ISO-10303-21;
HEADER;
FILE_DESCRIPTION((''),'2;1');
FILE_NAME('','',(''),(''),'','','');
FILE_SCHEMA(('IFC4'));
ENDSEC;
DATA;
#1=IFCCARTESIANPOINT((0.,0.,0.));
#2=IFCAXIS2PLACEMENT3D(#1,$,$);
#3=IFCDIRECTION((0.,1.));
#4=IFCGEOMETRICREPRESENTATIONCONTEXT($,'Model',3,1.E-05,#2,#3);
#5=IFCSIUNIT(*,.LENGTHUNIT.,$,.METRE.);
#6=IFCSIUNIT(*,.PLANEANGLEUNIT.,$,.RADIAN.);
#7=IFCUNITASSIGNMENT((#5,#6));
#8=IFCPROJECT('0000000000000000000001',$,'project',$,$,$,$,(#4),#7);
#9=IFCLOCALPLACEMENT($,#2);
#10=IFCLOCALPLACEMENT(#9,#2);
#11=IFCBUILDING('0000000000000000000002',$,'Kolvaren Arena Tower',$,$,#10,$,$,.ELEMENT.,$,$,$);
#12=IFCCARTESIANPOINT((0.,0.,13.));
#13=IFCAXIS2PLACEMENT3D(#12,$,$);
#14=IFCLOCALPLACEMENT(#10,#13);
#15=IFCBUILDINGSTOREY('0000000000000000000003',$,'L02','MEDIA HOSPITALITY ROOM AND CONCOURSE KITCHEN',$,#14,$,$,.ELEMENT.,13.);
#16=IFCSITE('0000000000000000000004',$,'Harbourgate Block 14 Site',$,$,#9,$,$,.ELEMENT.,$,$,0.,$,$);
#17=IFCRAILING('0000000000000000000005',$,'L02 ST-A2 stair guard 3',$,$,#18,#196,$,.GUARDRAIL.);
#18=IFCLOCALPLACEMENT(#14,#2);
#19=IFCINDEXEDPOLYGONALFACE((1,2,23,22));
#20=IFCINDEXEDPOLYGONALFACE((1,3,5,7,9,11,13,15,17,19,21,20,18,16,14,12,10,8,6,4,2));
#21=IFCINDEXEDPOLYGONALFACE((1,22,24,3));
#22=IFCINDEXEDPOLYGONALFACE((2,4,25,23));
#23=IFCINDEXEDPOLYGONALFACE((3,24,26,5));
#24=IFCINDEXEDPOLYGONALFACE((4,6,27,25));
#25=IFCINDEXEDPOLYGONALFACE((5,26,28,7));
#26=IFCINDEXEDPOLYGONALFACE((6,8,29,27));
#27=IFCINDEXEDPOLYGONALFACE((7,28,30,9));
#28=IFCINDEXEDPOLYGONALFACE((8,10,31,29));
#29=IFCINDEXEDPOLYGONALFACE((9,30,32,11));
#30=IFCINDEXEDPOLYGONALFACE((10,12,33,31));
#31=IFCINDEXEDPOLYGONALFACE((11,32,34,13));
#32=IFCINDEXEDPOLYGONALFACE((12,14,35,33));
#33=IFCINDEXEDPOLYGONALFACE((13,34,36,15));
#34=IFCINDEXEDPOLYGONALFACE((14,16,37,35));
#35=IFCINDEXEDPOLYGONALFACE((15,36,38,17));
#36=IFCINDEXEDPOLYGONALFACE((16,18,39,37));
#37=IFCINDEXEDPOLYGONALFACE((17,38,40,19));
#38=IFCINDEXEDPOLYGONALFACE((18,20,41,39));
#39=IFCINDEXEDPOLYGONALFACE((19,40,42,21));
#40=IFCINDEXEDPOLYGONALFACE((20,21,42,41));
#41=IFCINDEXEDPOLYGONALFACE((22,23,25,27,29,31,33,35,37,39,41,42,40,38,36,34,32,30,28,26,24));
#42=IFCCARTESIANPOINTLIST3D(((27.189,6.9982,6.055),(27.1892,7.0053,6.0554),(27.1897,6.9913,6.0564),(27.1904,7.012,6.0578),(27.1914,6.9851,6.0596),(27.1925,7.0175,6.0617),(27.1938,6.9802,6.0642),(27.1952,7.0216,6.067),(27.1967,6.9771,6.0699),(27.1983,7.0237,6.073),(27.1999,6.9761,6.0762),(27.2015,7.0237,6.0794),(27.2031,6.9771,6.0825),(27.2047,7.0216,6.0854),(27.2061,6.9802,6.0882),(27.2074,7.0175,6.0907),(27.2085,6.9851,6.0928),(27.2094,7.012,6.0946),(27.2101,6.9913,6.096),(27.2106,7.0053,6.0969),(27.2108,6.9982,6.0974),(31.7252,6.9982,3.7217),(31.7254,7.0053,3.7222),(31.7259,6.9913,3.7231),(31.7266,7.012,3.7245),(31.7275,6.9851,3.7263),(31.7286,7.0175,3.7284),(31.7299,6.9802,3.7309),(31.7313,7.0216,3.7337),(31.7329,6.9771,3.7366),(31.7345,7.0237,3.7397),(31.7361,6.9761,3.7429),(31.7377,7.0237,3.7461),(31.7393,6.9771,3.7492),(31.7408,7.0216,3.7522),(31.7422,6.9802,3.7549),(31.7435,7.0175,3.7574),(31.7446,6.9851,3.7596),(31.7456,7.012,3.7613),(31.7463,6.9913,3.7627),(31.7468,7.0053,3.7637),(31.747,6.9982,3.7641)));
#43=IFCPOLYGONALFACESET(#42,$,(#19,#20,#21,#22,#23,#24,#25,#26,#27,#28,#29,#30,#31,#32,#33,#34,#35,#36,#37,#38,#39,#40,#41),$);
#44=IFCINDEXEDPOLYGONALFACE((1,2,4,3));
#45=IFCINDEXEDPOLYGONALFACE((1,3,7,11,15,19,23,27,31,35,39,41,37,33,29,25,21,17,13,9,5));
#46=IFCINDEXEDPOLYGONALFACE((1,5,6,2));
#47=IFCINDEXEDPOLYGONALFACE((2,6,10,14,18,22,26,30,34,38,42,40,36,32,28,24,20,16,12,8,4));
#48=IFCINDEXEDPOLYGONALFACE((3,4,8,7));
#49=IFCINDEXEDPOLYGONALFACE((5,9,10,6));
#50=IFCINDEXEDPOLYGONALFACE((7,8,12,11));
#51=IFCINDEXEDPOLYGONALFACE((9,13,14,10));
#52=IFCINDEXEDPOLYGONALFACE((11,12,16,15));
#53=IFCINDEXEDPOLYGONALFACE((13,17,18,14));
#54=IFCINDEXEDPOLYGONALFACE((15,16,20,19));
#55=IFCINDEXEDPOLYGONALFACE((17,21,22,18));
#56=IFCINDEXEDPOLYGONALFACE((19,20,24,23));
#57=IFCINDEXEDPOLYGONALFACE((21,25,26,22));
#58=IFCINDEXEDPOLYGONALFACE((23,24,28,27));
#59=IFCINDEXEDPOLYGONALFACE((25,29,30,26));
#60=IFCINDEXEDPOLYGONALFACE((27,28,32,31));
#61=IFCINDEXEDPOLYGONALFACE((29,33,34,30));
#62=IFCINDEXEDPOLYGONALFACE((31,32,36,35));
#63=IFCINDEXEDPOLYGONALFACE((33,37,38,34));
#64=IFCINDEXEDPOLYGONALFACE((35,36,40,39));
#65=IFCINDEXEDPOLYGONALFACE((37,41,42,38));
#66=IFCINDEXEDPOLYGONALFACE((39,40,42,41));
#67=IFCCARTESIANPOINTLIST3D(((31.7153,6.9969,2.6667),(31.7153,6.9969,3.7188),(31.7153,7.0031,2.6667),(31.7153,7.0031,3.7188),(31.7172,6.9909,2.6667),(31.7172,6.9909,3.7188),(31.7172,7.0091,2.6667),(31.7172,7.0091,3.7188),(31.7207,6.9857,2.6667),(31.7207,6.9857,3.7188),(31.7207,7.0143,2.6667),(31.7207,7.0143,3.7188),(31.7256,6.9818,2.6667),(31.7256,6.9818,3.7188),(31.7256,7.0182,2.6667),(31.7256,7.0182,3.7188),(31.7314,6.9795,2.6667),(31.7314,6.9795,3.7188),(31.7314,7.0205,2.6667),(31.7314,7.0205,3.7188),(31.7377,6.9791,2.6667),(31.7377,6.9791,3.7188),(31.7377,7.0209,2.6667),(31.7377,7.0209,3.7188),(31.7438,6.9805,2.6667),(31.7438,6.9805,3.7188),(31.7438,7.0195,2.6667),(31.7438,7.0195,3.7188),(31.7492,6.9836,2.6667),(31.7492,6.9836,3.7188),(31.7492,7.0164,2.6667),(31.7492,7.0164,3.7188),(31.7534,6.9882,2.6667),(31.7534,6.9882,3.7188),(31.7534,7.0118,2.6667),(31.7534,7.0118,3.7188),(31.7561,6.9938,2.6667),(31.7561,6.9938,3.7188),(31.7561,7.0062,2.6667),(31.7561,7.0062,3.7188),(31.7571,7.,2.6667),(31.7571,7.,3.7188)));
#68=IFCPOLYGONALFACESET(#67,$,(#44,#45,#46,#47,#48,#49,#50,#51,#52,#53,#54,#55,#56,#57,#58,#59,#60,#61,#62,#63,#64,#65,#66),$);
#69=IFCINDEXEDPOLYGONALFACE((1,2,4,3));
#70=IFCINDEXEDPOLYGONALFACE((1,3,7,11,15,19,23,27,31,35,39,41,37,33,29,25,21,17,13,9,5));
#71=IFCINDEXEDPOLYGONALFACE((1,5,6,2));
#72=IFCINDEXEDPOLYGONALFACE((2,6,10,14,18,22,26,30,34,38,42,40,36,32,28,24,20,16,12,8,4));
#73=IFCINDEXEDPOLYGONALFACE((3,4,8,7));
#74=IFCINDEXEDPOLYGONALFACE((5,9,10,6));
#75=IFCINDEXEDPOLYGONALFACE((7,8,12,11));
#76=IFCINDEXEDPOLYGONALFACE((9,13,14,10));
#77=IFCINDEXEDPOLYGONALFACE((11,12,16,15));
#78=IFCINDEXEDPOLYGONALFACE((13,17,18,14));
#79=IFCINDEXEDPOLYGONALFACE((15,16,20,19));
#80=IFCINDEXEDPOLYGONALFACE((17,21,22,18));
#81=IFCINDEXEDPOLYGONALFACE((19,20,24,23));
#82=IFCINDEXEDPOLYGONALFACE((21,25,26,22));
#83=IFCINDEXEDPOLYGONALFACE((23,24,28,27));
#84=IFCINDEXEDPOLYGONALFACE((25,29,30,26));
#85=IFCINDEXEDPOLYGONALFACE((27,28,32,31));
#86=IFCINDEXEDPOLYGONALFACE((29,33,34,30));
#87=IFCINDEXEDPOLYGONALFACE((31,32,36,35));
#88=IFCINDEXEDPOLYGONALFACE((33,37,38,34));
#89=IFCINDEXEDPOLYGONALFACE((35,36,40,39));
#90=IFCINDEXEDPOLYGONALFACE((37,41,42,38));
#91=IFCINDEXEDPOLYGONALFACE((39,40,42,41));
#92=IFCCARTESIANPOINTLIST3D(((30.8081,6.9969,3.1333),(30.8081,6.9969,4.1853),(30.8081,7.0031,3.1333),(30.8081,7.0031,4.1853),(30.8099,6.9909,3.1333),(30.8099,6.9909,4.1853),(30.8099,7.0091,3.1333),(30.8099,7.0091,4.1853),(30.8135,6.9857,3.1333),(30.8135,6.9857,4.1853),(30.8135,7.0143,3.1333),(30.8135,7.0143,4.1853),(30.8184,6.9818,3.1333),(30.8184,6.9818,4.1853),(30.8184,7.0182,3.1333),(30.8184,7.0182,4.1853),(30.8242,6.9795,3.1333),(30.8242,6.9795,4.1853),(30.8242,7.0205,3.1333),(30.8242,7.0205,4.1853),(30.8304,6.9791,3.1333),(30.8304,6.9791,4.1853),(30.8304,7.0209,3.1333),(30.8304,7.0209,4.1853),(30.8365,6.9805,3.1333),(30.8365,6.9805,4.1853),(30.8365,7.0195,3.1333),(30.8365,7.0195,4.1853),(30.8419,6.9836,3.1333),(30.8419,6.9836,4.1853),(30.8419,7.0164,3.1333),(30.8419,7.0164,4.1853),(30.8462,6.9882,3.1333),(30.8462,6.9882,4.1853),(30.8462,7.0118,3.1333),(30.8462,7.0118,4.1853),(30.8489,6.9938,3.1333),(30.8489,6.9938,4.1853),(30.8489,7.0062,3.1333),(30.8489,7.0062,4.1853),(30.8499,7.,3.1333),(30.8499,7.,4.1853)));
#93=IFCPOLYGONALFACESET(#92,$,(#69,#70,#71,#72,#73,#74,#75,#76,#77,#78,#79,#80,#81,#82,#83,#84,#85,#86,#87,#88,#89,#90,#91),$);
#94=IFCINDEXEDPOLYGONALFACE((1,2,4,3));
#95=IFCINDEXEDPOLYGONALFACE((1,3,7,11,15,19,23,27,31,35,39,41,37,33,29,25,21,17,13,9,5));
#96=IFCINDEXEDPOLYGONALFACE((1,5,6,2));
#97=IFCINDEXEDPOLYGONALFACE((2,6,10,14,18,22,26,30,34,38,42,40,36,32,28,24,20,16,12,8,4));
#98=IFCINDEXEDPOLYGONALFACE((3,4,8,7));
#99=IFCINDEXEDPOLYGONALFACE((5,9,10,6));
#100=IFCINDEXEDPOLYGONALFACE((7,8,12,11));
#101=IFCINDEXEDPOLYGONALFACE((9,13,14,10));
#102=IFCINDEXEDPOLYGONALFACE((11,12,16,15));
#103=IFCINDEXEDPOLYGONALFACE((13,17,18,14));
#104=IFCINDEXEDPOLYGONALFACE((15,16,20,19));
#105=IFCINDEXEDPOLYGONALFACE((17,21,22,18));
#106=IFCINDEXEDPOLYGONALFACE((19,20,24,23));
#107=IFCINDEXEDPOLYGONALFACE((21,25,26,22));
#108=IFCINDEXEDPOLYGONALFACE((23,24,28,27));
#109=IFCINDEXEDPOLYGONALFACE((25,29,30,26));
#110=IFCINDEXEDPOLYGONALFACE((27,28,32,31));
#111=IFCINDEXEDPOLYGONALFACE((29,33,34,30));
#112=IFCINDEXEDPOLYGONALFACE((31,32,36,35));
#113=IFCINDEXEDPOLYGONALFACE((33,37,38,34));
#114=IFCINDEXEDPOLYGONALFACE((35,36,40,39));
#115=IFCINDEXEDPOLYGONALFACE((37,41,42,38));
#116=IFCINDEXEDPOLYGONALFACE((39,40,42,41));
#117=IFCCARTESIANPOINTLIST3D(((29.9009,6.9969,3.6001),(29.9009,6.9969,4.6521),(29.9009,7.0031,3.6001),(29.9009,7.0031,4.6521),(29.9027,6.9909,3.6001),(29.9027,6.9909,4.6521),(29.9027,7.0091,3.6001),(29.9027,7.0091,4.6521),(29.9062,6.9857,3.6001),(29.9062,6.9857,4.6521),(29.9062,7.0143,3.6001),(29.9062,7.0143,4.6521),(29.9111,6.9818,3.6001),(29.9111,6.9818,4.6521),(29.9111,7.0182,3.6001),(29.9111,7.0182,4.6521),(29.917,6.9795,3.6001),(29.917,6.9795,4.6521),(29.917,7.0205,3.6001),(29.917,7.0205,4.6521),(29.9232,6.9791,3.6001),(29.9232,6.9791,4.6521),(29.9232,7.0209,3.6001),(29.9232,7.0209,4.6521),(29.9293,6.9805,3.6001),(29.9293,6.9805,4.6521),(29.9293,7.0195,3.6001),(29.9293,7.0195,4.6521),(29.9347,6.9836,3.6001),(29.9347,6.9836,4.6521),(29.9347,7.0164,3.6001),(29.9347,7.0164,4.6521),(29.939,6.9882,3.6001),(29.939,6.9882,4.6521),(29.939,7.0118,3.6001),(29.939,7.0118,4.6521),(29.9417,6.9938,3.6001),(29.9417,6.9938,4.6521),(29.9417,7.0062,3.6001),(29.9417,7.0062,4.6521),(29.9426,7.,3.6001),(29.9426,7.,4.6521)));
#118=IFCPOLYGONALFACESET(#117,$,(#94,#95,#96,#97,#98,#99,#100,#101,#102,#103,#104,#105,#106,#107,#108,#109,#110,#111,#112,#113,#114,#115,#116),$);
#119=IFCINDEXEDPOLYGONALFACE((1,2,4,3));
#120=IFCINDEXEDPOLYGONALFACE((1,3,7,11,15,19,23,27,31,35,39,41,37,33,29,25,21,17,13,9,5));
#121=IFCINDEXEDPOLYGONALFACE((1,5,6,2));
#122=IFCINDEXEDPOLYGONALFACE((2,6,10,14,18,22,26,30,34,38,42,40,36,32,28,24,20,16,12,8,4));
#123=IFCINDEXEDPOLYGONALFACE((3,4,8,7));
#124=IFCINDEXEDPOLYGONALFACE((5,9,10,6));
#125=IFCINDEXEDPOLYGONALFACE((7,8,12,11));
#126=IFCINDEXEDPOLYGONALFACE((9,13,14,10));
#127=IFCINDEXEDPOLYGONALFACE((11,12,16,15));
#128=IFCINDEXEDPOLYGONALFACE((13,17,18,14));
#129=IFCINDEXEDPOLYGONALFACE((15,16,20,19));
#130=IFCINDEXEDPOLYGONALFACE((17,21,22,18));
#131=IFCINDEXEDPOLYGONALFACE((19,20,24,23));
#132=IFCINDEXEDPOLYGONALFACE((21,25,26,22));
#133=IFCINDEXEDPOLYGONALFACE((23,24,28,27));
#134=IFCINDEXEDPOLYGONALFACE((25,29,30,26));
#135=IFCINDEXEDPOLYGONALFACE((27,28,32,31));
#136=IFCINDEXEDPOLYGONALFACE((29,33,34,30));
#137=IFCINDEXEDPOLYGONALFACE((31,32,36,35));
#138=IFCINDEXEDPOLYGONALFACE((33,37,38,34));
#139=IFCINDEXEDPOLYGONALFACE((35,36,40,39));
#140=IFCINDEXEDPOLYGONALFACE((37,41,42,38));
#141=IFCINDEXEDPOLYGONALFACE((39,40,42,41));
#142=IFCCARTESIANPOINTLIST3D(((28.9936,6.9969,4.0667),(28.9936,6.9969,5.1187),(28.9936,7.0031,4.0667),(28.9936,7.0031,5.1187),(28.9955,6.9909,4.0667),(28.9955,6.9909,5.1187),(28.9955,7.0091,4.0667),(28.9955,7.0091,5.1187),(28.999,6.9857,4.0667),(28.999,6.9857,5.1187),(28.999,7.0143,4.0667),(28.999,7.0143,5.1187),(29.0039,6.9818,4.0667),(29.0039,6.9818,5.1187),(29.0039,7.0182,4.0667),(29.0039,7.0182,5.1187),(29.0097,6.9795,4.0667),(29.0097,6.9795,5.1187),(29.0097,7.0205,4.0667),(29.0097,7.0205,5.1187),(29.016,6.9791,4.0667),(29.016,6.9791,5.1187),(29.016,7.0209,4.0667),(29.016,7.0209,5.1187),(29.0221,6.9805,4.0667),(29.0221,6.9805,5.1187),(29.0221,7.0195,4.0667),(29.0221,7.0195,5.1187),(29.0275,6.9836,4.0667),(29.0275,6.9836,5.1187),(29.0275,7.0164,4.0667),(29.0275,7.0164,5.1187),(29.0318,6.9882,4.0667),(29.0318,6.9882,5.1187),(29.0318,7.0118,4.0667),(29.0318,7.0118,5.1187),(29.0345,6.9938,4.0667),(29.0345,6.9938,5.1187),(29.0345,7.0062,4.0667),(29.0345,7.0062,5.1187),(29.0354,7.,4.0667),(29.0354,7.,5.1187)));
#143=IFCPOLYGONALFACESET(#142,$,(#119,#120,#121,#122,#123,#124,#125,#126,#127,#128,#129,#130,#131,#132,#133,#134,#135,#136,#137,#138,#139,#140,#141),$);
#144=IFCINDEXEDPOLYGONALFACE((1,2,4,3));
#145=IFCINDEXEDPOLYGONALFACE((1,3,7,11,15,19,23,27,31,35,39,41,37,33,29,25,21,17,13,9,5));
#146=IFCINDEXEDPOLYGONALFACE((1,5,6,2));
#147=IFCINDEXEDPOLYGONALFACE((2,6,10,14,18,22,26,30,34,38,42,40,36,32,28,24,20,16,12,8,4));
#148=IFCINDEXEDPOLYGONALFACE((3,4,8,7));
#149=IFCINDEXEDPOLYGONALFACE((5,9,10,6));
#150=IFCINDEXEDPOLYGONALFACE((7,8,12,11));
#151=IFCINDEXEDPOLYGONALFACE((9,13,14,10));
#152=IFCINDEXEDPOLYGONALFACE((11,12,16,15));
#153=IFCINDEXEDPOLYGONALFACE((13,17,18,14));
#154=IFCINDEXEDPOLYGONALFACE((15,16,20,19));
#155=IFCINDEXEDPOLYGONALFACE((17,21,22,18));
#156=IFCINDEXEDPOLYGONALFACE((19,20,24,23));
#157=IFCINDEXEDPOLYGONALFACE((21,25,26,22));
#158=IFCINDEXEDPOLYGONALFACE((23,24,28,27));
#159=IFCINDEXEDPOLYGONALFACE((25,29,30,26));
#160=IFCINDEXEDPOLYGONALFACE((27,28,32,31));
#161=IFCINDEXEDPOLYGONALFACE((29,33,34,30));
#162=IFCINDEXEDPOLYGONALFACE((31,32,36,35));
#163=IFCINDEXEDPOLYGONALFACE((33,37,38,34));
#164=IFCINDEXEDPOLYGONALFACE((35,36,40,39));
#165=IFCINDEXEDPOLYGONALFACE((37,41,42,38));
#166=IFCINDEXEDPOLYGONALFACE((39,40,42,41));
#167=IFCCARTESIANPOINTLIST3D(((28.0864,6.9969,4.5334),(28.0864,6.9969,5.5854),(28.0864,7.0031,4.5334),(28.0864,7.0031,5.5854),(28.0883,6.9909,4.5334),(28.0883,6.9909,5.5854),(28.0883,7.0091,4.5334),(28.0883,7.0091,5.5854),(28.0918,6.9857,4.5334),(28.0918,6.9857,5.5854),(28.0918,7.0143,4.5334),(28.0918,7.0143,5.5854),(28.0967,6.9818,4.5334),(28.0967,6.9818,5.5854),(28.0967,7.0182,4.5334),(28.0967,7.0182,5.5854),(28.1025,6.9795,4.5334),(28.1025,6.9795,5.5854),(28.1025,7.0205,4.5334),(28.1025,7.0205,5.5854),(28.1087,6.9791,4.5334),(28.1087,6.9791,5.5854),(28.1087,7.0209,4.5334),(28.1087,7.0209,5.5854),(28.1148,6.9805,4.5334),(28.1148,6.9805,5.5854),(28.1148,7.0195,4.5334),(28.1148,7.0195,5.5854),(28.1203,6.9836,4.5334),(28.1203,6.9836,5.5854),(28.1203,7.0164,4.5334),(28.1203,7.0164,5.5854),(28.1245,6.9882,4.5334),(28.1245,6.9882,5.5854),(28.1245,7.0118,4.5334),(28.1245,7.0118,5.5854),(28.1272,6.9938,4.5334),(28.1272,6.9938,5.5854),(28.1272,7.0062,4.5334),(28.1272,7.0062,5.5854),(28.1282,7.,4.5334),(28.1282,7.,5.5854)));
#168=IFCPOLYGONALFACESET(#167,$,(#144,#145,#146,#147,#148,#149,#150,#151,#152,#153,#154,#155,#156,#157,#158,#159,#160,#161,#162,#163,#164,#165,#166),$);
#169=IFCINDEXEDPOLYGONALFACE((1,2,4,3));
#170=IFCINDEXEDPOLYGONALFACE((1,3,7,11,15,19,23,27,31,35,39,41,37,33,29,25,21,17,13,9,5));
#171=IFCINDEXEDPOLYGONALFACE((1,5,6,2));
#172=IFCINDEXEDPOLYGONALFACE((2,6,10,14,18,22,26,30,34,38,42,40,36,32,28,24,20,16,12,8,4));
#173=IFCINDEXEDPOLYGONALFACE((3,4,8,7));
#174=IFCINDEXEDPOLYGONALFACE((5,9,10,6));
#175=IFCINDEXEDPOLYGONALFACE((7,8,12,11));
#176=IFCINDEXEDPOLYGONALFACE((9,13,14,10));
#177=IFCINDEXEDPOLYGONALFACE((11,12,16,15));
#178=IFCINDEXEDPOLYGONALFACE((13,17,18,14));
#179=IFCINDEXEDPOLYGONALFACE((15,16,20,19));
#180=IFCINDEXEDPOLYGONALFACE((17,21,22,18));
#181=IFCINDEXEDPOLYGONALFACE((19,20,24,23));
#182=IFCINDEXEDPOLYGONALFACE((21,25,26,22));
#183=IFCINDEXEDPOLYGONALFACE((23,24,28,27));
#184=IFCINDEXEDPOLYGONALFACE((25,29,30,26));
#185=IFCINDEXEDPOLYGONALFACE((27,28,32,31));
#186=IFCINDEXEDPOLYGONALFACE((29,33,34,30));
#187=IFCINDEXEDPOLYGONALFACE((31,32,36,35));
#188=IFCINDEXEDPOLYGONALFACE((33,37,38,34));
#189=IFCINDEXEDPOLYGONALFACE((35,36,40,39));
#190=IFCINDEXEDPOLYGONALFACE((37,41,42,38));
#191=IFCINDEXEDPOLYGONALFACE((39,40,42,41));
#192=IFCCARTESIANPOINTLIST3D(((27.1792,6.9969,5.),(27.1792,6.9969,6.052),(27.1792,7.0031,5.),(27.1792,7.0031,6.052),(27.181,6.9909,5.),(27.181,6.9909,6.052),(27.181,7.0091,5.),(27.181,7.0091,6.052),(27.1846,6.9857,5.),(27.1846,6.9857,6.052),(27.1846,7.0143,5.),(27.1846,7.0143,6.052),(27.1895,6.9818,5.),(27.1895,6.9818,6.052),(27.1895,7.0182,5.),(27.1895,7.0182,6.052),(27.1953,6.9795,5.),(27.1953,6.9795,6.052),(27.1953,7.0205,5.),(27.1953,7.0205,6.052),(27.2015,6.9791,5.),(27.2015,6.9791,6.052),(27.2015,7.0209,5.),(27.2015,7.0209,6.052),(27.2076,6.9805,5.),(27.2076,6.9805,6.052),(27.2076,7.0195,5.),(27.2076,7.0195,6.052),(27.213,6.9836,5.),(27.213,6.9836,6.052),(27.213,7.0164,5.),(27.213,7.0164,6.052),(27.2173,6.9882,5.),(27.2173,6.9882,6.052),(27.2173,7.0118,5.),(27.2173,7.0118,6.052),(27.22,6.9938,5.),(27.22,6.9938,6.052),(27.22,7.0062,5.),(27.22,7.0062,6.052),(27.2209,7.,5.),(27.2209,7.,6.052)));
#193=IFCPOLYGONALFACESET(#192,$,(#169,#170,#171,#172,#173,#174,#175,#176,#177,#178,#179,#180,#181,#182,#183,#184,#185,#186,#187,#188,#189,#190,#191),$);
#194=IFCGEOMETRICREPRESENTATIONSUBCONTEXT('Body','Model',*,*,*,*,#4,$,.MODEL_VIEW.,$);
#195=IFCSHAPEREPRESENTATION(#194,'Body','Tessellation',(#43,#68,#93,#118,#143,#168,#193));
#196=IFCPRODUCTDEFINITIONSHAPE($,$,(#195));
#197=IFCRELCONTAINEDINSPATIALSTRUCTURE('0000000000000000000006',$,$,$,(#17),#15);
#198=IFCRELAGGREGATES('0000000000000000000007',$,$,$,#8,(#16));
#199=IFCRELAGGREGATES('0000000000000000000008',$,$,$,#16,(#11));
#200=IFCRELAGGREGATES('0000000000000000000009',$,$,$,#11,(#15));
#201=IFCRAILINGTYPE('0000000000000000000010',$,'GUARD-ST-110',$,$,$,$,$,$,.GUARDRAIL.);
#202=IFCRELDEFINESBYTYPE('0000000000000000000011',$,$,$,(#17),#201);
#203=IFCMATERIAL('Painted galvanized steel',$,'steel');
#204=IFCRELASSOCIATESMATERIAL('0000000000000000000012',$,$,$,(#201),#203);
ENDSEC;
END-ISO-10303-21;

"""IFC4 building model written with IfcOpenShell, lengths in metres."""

from ifc_helpers import new_model, si_unit, direction, frame, origin, origin_2d, place, context, subcontext, project, spatial, circle, extrude, material, type_object, element, save


model = new_model("IFC4")

# Units and contexts
model_context = context("Model", 3, precision=1e-05, world=origin(), true_north=direction((0.0, 1.0)))
body_context = subcontext(model_context, "Body", "Model", "MODEL_VIEW")
ifc_project = project(units=[si_unit("LENGTHUNIT", "METRE"), si_unit("PLANEANGLEUNIT", "RADIAN")], contexts=[model_context])

# Site, building, storey
site_placement = place(None, origin())
site = spatial("IfcSite", under=ifc_project, at=site_placement, Name="Harbourgate Block 14 Site", CompositionType="ELEMENT", RefElevation=0.0)
building_placement = place(site_placement, origin())
building = spatial("IfcBuilding", under=site, at=building_placement, Name="Kolvaren Arena Tower", CompositionType="ELEMENT")
storey_placement = place(building_placement, frame((0.0, 0.0, 13.0)))
storey = spatial("IfcBuildingStorey", under=building, at=storey_placement, Name="L02", Description="MEDIA HOSPITALITY ROOM AND CONCOURSE KITCHEN", CompositionType="ELEMENT", Elevation=13.0)

# Railing
ifc_material_1 = material(Name="Painted galvanized steel", Category="steel")
railing_type_1 = type_object("IfcRailingType", Name="GUARD-ST-110", PredefinedType="GUARDRAIL", material=ifc_material_1)
railing_1_placement = place(storey_placement, frame((31.7361, 7.0, 2.6667)))
element("IfcRailing", 1, at=railing_1_placement, inside=storey, type_object=railing_type_1, Name="L02 ST-A2 stair guard 3", PredefinedType="GUARDRAIL", context=body_context, shape_type="SweptSolid", body=[
    extrude(circle(Radius=0.0239, at=origin_2d()), frame((0.0, 0.0, 1.0762), z_axis=(-0.889257, 0.0, 0.457407), x_axis=(0.0, -1.0, 0.0)), (0.0, 0.0, 1.0), 5.1011),
    extrude(circle(Radius=0.021, at=origin_2d()), origin(), (0.0, 0.0, 1.0), 1.052),
    extrude(circle(Radius=0.021, at=origin_2d()), frame((-0.9072, 0.0, 0.4666)), (0.0, 0.0, 1.0), 1.052),
    extrude(circle(Radius=0.021, at=origin_2d()), frame((-1.8145, 0.0, 0.9333)), (0.0, 0.0, 1.0), 1.052),
    extrude(circle(Radius=0.021, at=origin_2d()), frame((-2.7217, 0.0, 1.3999)), (0.0, 0.0, 1.0), 1.052),
    extrude(circle(Radius=0.021, at=origin_2d()), frame((-3.6289, 0.0, 1.8667)), (0.0, 0.0, 1.0), 1.052),
    extrude(circle(Radius=0.021, at=origin_2d()), frame((-4.5361, 0.0, 2.3333)), (0.0, 0.0, 1.0), 1.052),
])

save(model, "model.ifc")
